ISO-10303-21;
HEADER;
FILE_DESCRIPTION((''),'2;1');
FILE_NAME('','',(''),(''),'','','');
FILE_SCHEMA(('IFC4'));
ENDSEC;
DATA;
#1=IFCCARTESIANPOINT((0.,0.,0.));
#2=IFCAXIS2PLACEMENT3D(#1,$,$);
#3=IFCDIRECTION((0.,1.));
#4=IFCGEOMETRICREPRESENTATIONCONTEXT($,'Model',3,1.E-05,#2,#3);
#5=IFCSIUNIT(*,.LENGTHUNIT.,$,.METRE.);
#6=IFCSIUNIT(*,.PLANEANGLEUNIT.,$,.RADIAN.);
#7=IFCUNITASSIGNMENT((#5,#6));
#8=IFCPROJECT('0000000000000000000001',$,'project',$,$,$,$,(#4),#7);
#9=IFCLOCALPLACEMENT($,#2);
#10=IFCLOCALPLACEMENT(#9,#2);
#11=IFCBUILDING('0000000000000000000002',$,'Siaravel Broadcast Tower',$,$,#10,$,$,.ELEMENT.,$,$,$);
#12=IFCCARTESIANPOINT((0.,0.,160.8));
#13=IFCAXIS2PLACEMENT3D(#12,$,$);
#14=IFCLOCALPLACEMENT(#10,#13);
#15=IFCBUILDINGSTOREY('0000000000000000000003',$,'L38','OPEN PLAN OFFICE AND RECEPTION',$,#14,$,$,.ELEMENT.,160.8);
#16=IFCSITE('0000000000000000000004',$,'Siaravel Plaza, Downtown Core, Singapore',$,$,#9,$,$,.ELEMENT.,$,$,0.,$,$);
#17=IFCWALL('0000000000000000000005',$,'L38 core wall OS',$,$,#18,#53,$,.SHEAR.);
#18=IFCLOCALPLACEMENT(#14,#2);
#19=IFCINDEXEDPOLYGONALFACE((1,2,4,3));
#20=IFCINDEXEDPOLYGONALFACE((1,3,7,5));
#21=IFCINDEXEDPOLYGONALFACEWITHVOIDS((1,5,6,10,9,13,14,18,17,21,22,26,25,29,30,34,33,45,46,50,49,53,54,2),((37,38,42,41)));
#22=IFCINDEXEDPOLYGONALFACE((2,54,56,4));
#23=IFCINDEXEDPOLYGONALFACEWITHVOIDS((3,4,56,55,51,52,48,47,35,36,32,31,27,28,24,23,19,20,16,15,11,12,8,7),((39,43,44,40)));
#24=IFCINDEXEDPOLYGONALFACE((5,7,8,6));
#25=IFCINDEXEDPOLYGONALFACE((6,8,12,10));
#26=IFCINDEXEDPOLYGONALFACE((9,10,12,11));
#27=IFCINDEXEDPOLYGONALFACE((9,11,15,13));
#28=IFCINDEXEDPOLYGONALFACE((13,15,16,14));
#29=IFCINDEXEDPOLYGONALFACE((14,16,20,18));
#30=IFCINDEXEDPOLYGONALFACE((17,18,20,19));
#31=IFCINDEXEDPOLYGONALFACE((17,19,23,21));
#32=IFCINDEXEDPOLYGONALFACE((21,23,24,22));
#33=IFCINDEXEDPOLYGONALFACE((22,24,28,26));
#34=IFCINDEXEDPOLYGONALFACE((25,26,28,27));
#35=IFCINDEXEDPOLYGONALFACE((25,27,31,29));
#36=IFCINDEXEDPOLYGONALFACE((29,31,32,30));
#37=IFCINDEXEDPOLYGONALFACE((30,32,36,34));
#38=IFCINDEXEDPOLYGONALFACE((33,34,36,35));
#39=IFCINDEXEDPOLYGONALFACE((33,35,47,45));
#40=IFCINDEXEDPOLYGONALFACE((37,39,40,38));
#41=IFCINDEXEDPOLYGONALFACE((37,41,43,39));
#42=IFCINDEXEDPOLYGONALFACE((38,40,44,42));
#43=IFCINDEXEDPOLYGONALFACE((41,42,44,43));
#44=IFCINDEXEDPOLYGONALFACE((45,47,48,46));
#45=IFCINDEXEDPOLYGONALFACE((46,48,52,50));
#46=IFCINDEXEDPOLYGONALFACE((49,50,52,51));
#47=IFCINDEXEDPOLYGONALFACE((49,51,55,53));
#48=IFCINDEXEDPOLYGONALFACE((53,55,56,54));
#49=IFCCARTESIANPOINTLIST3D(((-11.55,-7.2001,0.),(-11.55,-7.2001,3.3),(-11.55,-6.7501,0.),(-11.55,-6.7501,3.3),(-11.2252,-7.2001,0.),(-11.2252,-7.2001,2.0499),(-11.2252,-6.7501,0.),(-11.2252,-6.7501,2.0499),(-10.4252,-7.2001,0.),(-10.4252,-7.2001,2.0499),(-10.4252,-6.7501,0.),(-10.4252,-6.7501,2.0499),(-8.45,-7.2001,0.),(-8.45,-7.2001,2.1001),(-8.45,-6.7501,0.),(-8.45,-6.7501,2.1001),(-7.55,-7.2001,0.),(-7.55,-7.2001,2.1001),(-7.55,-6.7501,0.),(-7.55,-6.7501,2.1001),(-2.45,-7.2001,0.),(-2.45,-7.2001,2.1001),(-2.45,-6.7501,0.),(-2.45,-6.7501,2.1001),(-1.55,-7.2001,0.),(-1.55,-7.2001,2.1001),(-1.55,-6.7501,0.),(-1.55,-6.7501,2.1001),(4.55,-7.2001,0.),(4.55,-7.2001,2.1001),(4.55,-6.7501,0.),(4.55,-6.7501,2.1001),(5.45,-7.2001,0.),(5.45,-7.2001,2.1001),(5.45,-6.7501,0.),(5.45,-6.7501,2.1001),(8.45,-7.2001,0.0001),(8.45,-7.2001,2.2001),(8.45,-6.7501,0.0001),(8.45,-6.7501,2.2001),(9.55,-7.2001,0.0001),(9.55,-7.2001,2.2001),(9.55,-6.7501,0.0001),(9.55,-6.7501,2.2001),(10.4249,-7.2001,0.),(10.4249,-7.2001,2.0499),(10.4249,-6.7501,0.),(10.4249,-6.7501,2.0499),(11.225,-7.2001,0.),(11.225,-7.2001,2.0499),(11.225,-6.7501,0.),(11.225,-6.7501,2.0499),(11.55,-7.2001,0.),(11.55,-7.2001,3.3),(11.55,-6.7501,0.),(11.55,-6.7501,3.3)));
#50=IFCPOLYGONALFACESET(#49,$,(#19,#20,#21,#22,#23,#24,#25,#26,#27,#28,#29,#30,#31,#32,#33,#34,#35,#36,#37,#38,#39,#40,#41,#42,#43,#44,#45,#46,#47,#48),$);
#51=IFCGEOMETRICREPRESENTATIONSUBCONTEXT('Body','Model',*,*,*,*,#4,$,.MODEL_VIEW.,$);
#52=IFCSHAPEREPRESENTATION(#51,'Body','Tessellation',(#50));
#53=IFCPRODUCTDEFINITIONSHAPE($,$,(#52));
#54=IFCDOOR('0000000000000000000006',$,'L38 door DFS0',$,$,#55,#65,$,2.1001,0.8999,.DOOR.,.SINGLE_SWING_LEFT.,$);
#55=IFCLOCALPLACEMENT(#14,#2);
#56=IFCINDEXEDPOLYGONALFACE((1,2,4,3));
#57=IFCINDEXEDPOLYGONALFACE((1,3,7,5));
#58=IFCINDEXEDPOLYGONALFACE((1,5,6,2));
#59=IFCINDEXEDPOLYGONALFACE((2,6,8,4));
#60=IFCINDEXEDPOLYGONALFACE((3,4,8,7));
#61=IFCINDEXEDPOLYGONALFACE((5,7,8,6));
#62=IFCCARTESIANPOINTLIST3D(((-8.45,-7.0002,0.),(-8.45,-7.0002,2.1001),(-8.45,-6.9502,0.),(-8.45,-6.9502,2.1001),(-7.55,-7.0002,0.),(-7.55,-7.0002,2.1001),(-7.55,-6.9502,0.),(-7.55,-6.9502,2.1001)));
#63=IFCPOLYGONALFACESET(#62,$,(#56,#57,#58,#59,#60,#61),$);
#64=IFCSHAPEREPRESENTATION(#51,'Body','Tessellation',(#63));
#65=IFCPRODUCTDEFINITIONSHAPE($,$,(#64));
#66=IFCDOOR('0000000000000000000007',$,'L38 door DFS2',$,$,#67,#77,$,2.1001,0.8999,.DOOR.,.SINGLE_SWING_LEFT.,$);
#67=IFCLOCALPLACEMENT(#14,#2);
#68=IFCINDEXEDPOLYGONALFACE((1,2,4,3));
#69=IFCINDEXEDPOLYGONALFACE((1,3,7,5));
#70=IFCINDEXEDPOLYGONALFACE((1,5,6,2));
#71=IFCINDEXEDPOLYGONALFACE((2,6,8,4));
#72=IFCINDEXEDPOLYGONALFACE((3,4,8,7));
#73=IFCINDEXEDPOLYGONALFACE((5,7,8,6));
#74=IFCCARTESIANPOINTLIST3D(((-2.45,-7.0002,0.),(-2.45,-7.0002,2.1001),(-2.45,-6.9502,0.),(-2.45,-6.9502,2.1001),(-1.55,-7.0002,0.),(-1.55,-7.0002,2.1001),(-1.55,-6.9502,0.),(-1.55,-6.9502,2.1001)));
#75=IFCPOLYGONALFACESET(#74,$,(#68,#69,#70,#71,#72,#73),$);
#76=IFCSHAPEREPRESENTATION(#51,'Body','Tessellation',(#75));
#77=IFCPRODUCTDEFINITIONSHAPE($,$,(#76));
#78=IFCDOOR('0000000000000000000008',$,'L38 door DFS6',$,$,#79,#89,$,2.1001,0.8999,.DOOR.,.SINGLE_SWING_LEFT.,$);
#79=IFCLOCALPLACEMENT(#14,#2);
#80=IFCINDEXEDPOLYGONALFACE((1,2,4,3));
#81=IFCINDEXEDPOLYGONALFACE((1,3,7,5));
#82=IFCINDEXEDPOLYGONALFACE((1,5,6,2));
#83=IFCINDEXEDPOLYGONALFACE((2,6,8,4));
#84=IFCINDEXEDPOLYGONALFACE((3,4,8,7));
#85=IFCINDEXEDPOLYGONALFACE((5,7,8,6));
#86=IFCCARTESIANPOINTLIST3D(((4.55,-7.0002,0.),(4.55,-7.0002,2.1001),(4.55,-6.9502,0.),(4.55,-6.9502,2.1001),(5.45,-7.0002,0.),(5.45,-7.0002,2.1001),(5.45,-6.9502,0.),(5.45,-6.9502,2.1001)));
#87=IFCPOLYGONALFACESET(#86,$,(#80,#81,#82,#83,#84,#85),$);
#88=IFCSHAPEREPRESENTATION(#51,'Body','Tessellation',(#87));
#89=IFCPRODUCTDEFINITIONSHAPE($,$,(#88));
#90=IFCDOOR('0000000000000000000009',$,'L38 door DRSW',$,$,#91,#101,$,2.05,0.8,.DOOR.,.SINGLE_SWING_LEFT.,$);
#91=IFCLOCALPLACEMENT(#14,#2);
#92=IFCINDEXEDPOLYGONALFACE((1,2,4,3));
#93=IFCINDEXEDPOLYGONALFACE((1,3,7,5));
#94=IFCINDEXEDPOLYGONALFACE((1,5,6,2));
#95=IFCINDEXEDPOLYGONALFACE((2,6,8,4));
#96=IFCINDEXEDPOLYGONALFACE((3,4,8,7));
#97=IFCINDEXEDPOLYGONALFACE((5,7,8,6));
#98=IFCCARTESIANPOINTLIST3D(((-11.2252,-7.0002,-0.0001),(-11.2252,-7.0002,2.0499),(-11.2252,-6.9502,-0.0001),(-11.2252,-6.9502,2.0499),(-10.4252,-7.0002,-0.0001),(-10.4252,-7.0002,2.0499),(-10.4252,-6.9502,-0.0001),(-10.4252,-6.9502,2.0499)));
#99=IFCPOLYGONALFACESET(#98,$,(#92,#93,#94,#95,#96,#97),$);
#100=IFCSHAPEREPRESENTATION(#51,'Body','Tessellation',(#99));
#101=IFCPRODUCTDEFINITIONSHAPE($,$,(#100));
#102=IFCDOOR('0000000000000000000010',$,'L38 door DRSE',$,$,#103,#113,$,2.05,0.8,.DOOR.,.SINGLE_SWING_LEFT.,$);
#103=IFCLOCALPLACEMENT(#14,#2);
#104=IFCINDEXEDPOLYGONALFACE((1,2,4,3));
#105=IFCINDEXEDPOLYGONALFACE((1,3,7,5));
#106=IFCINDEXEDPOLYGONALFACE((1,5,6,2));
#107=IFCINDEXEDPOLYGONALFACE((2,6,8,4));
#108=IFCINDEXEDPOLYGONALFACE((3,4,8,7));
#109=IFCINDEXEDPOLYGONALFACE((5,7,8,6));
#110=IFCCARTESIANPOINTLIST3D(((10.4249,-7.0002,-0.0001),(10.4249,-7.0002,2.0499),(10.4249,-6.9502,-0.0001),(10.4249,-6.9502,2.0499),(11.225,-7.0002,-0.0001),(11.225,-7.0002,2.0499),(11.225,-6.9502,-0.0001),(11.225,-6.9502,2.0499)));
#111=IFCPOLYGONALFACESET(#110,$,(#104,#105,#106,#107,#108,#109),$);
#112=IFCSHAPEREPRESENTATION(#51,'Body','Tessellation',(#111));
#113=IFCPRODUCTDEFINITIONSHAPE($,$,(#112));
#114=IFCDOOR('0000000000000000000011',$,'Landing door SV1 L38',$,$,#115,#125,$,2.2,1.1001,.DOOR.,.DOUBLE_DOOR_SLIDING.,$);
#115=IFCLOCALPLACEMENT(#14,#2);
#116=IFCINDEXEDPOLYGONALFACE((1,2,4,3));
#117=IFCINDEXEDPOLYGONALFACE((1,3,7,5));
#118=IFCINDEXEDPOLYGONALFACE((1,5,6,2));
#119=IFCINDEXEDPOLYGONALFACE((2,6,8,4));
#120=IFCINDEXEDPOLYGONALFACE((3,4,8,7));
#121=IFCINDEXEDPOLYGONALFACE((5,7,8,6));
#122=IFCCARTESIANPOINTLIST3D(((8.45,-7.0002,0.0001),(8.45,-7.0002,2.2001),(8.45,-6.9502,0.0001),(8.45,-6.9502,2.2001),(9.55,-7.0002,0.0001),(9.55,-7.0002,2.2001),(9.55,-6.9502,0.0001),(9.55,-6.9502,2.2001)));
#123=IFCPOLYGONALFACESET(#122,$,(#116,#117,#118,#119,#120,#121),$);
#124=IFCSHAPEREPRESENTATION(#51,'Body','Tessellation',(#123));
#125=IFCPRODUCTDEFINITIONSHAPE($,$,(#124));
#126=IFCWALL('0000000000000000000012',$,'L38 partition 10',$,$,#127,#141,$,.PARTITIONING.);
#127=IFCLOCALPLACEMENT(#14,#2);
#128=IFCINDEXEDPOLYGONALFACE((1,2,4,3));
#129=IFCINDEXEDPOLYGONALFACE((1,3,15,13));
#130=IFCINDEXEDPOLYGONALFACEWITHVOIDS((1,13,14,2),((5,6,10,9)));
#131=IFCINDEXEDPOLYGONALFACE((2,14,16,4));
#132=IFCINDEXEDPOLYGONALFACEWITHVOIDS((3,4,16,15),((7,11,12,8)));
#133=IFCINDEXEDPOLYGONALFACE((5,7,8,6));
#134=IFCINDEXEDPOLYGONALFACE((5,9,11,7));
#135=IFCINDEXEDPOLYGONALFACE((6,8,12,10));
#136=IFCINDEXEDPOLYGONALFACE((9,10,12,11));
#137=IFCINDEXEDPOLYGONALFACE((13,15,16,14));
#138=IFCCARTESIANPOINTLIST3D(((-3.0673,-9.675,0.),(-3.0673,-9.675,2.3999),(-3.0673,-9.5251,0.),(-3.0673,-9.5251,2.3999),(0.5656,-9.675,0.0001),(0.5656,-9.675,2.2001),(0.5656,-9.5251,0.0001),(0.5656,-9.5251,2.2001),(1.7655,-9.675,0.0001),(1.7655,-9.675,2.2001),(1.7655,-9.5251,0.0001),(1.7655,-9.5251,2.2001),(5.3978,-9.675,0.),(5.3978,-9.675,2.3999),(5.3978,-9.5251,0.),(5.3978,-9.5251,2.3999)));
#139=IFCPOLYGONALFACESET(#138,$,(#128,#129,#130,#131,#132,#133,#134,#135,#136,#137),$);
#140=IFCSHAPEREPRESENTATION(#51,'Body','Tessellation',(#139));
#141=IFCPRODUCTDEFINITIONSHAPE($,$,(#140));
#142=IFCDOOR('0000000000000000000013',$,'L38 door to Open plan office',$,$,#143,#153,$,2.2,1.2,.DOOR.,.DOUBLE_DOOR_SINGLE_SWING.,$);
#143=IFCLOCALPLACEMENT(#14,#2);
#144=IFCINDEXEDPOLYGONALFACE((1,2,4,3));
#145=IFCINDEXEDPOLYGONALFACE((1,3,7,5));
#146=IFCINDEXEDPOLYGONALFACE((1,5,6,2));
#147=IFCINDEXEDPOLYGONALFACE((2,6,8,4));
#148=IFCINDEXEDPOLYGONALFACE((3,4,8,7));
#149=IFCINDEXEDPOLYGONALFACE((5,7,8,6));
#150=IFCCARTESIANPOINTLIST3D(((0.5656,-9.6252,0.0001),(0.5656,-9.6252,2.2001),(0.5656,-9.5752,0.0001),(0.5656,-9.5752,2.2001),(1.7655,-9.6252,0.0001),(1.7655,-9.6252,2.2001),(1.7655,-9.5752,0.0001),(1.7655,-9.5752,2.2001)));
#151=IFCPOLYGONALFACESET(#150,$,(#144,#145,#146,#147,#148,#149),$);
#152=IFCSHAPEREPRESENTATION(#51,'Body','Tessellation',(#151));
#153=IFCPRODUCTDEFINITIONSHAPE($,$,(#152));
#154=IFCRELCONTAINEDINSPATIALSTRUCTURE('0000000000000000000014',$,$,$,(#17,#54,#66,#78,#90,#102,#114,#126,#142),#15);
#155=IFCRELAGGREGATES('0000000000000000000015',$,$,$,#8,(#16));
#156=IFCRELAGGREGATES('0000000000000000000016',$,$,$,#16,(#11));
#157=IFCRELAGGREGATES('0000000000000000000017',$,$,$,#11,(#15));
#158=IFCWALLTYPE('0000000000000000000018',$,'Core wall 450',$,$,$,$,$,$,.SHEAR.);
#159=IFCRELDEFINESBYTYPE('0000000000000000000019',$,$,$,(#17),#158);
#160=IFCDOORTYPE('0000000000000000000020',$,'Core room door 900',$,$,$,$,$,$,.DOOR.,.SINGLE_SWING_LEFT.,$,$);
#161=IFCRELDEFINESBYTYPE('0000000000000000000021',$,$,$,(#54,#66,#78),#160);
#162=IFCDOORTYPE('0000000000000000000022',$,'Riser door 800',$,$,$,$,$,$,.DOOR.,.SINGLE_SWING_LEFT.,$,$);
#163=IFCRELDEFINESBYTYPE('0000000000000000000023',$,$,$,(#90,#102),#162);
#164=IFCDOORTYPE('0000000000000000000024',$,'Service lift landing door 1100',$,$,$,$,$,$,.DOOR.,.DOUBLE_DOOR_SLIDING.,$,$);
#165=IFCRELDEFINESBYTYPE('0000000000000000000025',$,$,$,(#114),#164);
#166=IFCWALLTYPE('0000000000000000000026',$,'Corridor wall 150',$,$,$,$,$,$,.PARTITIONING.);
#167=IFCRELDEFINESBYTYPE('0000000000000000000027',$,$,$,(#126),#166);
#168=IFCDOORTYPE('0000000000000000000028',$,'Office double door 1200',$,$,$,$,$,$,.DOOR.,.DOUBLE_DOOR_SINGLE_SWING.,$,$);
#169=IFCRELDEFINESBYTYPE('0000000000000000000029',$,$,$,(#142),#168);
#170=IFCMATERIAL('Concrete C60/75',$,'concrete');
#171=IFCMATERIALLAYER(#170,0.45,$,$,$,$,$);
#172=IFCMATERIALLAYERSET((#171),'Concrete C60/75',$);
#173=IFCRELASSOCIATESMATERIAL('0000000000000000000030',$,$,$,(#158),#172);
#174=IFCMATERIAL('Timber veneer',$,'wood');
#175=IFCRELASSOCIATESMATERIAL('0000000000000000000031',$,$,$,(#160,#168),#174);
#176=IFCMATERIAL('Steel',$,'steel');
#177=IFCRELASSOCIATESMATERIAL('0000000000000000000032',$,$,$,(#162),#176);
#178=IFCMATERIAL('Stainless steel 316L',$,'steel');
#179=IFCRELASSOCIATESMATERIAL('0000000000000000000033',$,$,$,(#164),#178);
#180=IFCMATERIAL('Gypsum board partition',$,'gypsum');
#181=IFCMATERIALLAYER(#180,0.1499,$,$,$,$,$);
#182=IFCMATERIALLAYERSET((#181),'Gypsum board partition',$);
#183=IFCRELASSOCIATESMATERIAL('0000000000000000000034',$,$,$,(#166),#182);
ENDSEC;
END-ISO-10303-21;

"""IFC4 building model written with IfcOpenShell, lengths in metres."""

from ifc_helpers import new_model, si_unit, direction, frame, frame_2d, origin, place, context, subcontext, project, spatial, rectangle, extrude, material, layer, layer_set, type_object, element, fill, save


model = new_model("IFC4")

# Units and contexts
model_context = context("Model", 3, precision=1e-05, world=origin(), true_north=direction((0.0, 1.0)))
body_context = subcontext(model_context, "Body", "Model", "MODEL_VIEW")
ifc_project = project(units=[si_unit("LENGTHUNIT", "METRE"), si_unit("PLANEANGLEUNIT", "RADIAN")], contexts=[model_context])

# Site, building, storey
site_placement = place(None, origin())
site = spatial("IfcSite", under=ifc_project, at=site_placement, Name="Siaravel Plaza, Downtown Core, Singapore", CompositionType="ELEMENT", RefElevation=0.0)
building_placement = place(site_placement, origin())
building = spatial("IfcBuilding", under=site, at=building_placement, Name="Siaravel Broadcast Tower", CompositionType="ELEMENT")
storey_placement = place(building_placement, frame((0.0, 0.0, 160.8)))
storey = spatial("IfcBuildingStorey", under=building, at=storey_placement, Name="L38", Description="OPEN PLAN OFFICE AND RECEPTION", CompositionType="ELEMENT", Elevation=160.8)

# Shared definitions
ifc_material_1 = material(Name="Concrete C60/75", Category="concrete")

# Shared definitions
ifc_layer_1 = layer(ifc_material_1, 0.45)
ifc_layer_set_1 = layer_set([ifc_layer_1], Name="Concrete C60/75")
wall_type_1 = type_object("IfcWallType", Name="Core wall 450", PredefinedType="SHEAR", material=ifc_layer_set_1)
ifc_material_2 = material(Name="Steel", Category="steel")

# Wall, openings, doors
wall_1_placement = place(storey_placement, frame((-11.55, -6.9751, 0.0), z_axis=(0.0, 0.0, 1.0), x_axis=(1.0, 0.0, 0.0)))
wall_1 = element("IfcWall", 1, at=wall_1_placement, inside=storey, type_object=wall_type_1, Name="L38 core wall OS", PredefinedType="SHEAR", context=body_context, shape_type="SweptSolid", body=[
    extrude(rectangle(XDim=23.1001, YDim=0.45, at=frame_2d((11.55, 0.0))), origin(), (0.0, 0.0, 1.0), 3.3),
])
opening_1_placement = place(wall_1_placement, frame((20.0, 0.0, 0.0)))
opening_1 = element("IfcOpeningElement", 2, at=opening_1_placement, cuts=wall_1, PredefinedType="OPENING", context=body_context, shape_type="SweptSolid", body=[
    extrude(rectangle(XDim=1.1001, YDim=2.2, at=frame_2d((0.55, 1.1001))), frame((0.0, 0.2349, 0.0), z_axis=(0.0, -1.0, 0.0), x_axis=(1.0, 0.0, 0.0)), (0.0, 0.0, 1.0), 0.47),
])
opening_2_placement = place(wall_1_placement, frame((3.1001, 0.0, 0.0)))
opening_2 = element("IfcOpeningElement", 3, at=opening_2_placement, cuts=wall_1, PredefinedType="OPENING", context=body_context, shape_type="SweptSolid", body=[
    extrude(rectangle(XDim=0.8999, YDim=2.1001, at=frame_2d((0.45, 1.05))), frame((0.0, 0.2349, 0.0), z_axis=(0.0, -1.0, 0.0), x_axis=(1.0, 0.0, 0.0)), (0.0, 0.0, 1.0), 0.47),
])
opening_3_placement = place(wall_1_placement, frame((9.1001, 0.0, 0.0)))
opening_3 = element("IfcOpeningElement", 4, at=opening_3_placement, cuts=wall_1, PredefinedType="OPENING", context=body_context, shape_type="SweptSolid", body=[
    extrude(rectangle(XDim=0.8999, YDim=2.1001, at=frame_2d((0.45, 1.05))), frame((0.0, 0.2349, 0.0), z_axis=(0.0, -1.0, 0.0), x_axis=(1.0, 0.0, 0.0)), (0.0, 0.0, 1.0), 0.47),
])
opening_4_placement = place(wall_1_placement, frame((16.1001, 0.0, 0.0)))
opening_4 = element("IfcOpeningElement", 5, at=opening_4_placement, cuts=wall_1, PredefinedType="OPENING", context=body_context, shape_type="SweptSolid", body=[
    extrude(rectangle(XDim=0.8999, YDim=2.1001, at=frame_2d((0.45, 1.05))), frame((0.0, 0.2349, 0.0), z_axis=(0.0, -1.0, 0.0), x_axis=(1.0, 0.0, 0.0)), (0.0, 0.0, 1.0), 0.47),
])
opening_5_placement = place(wall_1_placement, frame((0.325, 0.0, 0.0)))
opening_5 = element("IfcOpeningElement", 6, at=opening_5_placement, cuts=wall_1, PredefinedType="OPENING", context=body_context, shape_type="SweptSolid", body=[
    extrude(rectangle(XDim=0.8, YDim=2.05, at=frame_2d((0.3999, 1.0249))), frame((0.0, 0.2349, 0.0), z_axis=(0.0, -1.0, 0.0), x_axis=(1.0, 0.0, 0.0)), (0.0, 0.0, 1.0), 0.47),
])
opening_6_placement = place(wall_1_placement, frame((21.9751, 0.0, 0.0)))
opening_6 = element("IfcOpeningElement", 7, at=opening_6_placement, cuts=wall_1, PredefinedType="OPENING", context=body_context, shape_type="SweptSolid", body=[
    extrude(rectangle(XDim=0.8, YDim=2.05, at=frame_2d((0.3999, 1.0249))), frame((0.0, 0.2349, 0.0), z_axis=(0.0, -1.0, 0.0), x_axis=(1.0, 0.0, 0.0)), (0.0, 0.0, 1.0), 0.47),
])
ifc_material_3 = material(Name="Timber veneer", Category="wood")
door_type_1 = type_object("IfcDoorType", Name="Core room door 900", OperationType="SINGLE_SWING_LEFT", PredefinedType="DOOR", material=ifc_material_3)
door_1_placement = place(opening_2_placement, origin())
door_1 = element("IfcDoor", 8, at=door_1_placement, inside=storey, type_object=door_type_1, Name="L38 door DFS0", OperationType="SINGLE_SWING_LEFT", OverallHeight=2.1001, OverallWidth=0.8999, PredefinedType="DOOR", context=body_context, shape_type="SweptSolid", body=[
    extrude(rectangle(XDim=0.8999, YDim=2.1001, at=frame_2d((0.45, 1.05))), frame((0.0, 0.0249, 0.0), z_axis=(0.0, -1.0, 0.0), x_axis=(1.0, 0.0, 0.0)), (0.0, 0.0, 1.0), 0.05),
])
fill(opening_2, door_1)
door_2_placement = place(opening_3_placement, origin())
door_2 = element("IfcDoor", 9, at=door_2_placement, inside=storey, type_object=door_type_1, Name="L38 door DFS2", OperationType="SINGLE_SWING_LEFT", OverallHeight=2.1001, OverallWidth=0.8999, PredefinedType="DOOR", context=body_context, shape_type="SweptSolid", body=[
    extrude(rectangle(XDim=0.8999, YDim=2.1001, at=frame_2d((0.45, 1.05))), frame((0.0, 0.0249, 0.0), z_axis=(0.0, -1.0, 0.0), x_axis=(1.0, 0.0, 0.0)), (0.0, 0.0, 1.0), 0.05),
])
fill(opening_3, door_2)
door_3_placement = place(opening_4_placement, origin())
door_3 = element("IfcDoor", 10, at=door_3_placement, inside=storey, type_object=door_type_1, Name="L38 door DFS6", OperationType="SINGLE_SWING_LEFT", OverallHeight=2.1001, OverallWidth=0.8999, PredefinedType="DOOR", context=body_context, shape_type="SweptSolid", body=[
    extrude(rectangle(XDim=0.8999, YDim=2.1001, at=frame_2d((0.45, 1.05))), frame((0.0, 0.0249, 0.0), z_axis=(0.0, -1.0, 0.0), x_axis=(1.0, 0.0, 0.0)), (0.0, 0.0, 1.0), 0.05),
])
fill(opening_4, door_3)
door_type_2 = type_object("IfcDoorType", Name="Riser door 800", OperationType="SINGLE_SWING_LEFT", PredefinedType="DOOR", material=ifc_material_2)
door_4_placement = place(opening_5_placement, origin())
door_4 = element("IfcDoor", 11, at=door_4_placement, inside=storey, type_object=door_type_2, Name="L38 door DRSW", OperationType="SINGLE_SWING_LEFT", OverallHeight=2.05, OverallWidth=0.8, PredefinedType="DOOR", context=body_context, shape_type="SweptSolid", body=[
    extrude(rectangle(XDim=0.8, YDim=2.05, at=frame_2d((0.3999, 1.0249))), frame((0.0, 0.0249, 0.0), z_axis=(0.0, -1.0, 0.0), x_axis=(1.0, 0.0, 0.0)), (0.0, 0.0, 1.0), 0.05),
])
fill(opening_5, door_4)
door_5_placement = place(opening_6_placement, origin())
door_5 = element("IfcDoor", 12, at=door_5_placement, inside=storey, type_object=door_type_2, Name="L38 door DRSE", OperationType="SINGLE_SWING_LEFT", OverallHeight=2.05, OverallWidth=0.8, PredefinedType="DOOR", context=body_context, shape_type="SweptSolid", body=[
    extrude(rectangle(XDim=0.8, YDim=2.05, at=frame_2d((0.3999, 1.0249))), frame((0.0, 0.0249, 0.0), z_axis=(0.0, -1.0, 0.0), x_axis=(1.0, 0.0, 0.0)), (0.0, 0.0, 1.0), 0.05),
])
fill(opening_6, door_5)
ifc_material_4 = material(Name="Stainless steel 316L", Category="steel")
door_type_3 = type_object("IfcDoorType", Name="Service lift landing door 1100", OperationType="DOUBLE_DOOR_SLIDING", PredefinedType="DOOR", material=ifc_material_4)
door_6_placement = place(opening_1_placement, origin())
door_6 = element("IfcDoor", 13, at=door_6_placement, inside=storey, type_object=door_type_3, Name="Landing door SV1 L38", OperationType="DOUBLE_DOOR_SLIDING", OverallHeight=2.2, OverallWidth=1.1001, PredefinedType="DOOR", context=body_context, shape_type="SweptSolid", body=[
    extrude(rectangle(XDim=1.1001, YDim=2.2, at=frame_2d((0.55, 1.1001))), frame((0.0, 0.0249, 0.0), z_axis=(0.0, -1.0, 0.0), x_axis=(1.0, 0.0, 0.0)), (0.0, 0.0, 1.0), 0.05),
])
fill(opening_1, door_6)

# Wall, opening, door
ifc_material_5 = material(Name="Gypsum board partition", Category="gypsum")
ifc_layer_2 = layer(ifc_material_5, 0.1499)
ifc_layer_set_2 = layer_set([ifc_layer_2], Name="Gypsum board partition")
wall_type_2 = type_object("IfcWallType", Name="Corridor wall 150", PredefinedType="PARTITIONING", material=ifc_layer_set_2)
wall_2_placement = place(storey_placement, frame((-3.0671, -9.6001, 0.0), z_axis=(0.0, 0.0, 1.0), x_axis=(1.0, 0.0, 0.0)))
wall_2 = element("IfcWall", 14, at=wall_2_placement, inside=storey, type_object=wall_type_2, Name="L38 partition 10", PredefinedType="PARTITIONING", context=body_context, shape_type="SweptSolid", body=[
    extrude(rectangle(XDim=8.4651, YDim=0.1499, at=frame_2d((4.2324, 0.0))), origin(), (0.0, 0.0, 1.0), 2.3999),
])
opening_7_placement = place(wall_2_placement, frame((3.6326, 0.0, 0.0)))
opening_7 = element("IfcOpeningElement", 15, at=opening_7_placement, cuts=wall_2, PredefinedType="OPENING", context=body_context, shape_type="SweptSolid", body=[
    extrude(rectangle(XDim=1.2, YDim=2.2, at=frame_2d((0.6001, 1.1001))), frame((0.0, 0.085, 0.0), z_axis=(0.0, -1.0, 0.0), x_axis=(1.0, 0.0, 0.0)), (0.0, 0.0, 1.0), 0.1699),
])
door_type_4 = type_object("IfcDoorType", Name="Office double door 1200", OperationType="DOUBLE_DOOR_SINGLE_SWING", PredefinedType="DOOR", material=ifc_material_3)
door_7_placement = place(opening_7_placement, origin())
door_7 = element("IfcDoor", 16, at=door_7_placement, inside=storey, type_object=door_type_4, Name="L38 door to Open plan office", OperationType="DOUBLE_DOOR_SINGLE_SWING", OverallHeight=2.2, OverallWidth=1.2, PredefinedType="DOOR", context=body_context, shape_type="SweptSolid", body=[
    extrude(rectangle(XDim=1.2, YDim=2.2, at=frame_2d((0.6001, 1.1001))), frame((0.0, 0.0249, 0.0), z_axis=(0.0, -1.0, 0.0), x_axis=(1.0, 0.0, 0.0)), (0.0, 0.0, 1.0), 0.05),
])
fill(opening_7, door_7)

save(model, "model.ifc")
